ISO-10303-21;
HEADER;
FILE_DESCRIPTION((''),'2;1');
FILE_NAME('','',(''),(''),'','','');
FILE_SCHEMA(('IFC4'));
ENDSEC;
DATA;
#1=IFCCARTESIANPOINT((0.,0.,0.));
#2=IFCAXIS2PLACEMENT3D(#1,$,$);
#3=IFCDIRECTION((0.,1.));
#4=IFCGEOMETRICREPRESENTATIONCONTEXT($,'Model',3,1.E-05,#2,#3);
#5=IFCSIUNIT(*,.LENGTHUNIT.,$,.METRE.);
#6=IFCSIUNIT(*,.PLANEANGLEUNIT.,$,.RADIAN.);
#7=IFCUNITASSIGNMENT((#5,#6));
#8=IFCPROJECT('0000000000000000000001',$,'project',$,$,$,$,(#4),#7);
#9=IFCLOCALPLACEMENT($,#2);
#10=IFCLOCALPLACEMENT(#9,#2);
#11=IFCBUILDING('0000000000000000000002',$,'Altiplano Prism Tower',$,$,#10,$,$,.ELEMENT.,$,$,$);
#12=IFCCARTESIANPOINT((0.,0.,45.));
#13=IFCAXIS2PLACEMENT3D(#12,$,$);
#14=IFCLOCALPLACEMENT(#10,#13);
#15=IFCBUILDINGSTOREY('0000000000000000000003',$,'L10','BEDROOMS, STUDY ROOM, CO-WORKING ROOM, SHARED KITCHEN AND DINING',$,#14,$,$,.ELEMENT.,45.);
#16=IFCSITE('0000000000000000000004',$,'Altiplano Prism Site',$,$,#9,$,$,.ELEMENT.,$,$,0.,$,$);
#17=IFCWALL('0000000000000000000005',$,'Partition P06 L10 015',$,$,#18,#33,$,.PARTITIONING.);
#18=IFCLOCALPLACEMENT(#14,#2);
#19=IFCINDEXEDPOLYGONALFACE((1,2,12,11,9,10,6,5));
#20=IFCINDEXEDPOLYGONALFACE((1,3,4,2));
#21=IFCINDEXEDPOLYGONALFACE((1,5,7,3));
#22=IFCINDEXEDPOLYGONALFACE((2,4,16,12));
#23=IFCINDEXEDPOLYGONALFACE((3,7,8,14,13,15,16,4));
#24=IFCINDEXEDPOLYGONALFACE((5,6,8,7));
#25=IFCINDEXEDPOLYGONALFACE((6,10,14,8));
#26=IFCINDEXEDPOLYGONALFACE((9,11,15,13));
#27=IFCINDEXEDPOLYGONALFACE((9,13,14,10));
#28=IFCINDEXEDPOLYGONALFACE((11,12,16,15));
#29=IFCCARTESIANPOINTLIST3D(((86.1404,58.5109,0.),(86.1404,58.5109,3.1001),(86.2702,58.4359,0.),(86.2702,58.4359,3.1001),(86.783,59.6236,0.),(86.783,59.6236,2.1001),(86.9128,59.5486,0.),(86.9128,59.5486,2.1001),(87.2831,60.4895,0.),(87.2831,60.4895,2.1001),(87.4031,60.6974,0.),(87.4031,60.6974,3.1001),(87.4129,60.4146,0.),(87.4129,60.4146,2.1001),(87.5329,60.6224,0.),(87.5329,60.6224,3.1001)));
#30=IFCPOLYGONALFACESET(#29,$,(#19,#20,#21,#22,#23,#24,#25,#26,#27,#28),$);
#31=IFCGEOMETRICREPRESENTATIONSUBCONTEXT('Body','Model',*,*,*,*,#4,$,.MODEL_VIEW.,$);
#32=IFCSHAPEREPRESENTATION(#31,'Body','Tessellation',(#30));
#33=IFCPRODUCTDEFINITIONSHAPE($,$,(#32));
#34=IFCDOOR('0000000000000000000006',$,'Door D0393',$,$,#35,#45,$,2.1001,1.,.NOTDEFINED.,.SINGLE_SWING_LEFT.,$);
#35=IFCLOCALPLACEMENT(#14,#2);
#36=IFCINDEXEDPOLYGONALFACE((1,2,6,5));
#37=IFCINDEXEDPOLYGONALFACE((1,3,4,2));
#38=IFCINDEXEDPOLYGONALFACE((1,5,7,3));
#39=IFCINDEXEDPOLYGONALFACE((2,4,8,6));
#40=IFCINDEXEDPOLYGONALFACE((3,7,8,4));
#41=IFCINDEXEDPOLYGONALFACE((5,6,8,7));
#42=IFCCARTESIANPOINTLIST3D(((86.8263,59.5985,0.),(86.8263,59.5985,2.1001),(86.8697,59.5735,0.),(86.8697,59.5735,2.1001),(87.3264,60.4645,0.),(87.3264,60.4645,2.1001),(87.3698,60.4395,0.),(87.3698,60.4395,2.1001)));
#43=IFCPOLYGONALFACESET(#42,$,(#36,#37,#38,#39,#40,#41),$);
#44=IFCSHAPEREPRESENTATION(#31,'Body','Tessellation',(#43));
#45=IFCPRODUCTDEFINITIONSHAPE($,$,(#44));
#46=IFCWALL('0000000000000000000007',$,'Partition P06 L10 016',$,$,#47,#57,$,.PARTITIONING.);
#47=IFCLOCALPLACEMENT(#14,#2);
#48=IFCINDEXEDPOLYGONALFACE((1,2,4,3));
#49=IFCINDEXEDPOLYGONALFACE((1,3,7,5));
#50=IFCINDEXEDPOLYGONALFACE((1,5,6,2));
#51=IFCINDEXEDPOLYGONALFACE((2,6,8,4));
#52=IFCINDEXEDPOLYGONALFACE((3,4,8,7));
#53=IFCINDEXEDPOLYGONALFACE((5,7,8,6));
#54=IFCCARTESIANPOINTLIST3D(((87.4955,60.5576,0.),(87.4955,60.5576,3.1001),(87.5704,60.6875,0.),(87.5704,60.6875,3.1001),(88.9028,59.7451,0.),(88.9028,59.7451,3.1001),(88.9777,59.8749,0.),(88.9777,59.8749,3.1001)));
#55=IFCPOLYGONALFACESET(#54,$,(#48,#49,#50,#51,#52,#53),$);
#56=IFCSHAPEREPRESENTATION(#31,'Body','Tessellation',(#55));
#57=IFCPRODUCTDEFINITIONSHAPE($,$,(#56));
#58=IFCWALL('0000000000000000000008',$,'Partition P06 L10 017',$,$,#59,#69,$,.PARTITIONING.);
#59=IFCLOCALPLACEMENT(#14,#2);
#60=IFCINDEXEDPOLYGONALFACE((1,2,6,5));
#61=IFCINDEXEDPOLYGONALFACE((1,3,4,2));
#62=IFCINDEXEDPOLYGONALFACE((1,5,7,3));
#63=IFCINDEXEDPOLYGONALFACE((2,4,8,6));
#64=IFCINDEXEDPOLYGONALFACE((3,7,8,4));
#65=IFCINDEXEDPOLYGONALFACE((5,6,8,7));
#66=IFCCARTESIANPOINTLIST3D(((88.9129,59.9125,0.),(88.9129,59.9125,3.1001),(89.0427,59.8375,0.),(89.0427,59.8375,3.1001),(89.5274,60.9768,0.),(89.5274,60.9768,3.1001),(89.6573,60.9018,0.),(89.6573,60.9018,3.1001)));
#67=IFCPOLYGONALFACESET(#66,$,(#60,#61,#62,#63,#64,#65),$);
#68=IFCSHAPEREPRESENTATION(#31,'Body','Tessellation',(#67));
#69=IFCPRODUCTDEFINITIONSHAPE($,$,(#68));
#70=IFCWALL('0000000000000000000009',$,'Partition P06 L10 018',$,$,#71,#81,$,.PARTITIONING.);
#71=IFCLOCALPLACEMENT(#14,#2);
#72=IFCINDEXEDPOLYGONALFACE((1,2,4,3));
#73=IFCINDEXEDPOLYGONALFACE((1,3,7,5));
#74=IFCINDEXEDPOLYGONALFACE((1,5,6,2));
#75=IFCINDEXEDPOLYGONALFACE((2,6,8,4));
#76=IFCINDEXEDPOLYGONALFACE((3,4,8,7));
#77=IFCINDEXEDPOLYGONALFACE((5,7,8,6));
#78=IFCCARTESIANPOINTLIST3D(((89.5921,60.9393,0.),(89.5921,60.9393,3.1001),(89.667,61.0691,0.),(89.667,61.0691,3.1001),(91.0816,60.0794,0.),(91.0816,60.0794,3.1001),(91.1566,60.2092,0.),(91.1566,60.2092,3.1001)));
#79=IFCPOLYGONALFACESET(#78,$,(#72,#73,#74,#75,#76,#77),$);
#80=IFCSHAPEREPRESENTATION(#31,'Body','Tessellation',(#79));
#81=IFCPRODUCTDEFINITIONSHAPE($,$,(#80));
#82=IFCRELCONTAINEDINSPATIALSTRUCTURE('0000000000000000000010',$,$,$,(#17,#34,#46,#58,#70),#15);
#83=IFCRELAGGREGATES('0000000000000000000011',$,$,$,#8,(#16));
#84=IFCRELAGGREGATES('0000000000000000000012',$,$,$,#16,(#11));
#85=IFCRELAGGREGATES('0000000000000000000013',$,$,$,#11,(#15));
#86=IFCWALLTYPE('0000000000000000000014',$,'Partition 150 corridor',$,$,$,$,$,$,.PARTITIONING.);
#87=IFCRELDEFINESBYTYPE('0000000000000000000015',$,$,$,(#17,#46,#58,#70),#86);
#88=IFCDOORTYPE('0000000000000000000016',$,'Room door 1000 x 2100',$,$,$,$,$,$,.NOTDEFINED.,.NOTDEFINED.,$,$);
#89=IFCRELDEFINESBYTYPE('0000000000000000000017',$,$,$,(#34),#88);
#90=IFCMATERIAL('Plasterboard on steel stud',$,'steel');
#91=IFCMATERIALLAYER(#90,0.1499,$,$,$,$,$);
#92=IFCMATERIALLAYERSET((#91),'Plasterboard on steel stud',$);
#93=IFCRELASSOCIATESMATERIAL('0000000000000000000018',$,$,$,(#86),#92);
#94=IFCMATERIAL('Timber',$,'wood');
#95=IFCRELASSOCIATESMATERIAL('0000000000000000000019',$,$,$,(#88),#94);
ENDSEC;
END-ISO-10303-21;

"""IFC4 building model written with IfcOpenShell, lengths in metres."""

from ifc_helpers import new_model, si_unit, direction, frame, frame_2d, origin, place, context, subcontext, project, spatial, rectangle, extrude, material, layer, layer_set, type_object, element, fill, save


model = new_model("IFC4")

# Units and contexts
model_context = context("Model", 3, precision=1e-05, world=origin(), true_north=direction((0.0, 1.0)))
body_context = subcontext(model_context, "Body", "Model", "MODEL_VIEW")
ifc_project = project(units=[si_unit("LENGTHUNIT", "METRE"), si_unit("PLANEANGLEUNIT", "RADIAN")], contexts=[model_context])

# Site, building, storey
site_placement = place(None, origin())
site = spatial("IfcSite", under=ifc_project, at=site_placement, Name="Altiplano Prism Site", CompositionType="ELEMENT", RefElevation=0.0)
building_placement = place(site_placement, origin())
building = spatial("IfcBuilding", under=site, at=building_placement, Name="Altiplano Prism Tower", CompositionType="ELEMENT")
storey_placement = place(building_placement, frame((0.0, 0.0, 45.0)))
storey = spatial("IfcBuildingStorey", under=building, at=storey_placement, Name="L10", Description="BEDROOMS, STUDY ROOM, CO-WORKING ROOM, SHARED KITCHEN AND DINING", CompositionType="ELEMENT", Elevation=45.0)

# Wall, opening, door
ifc_material_1 = material(Name="Plasterboard on steel stud", Category="steel")
ifc_layer = layer(ifc_material_1, 0.1499)
ifc_layer_set = layer_set([ifc_layer], Name="Plasterboard on steel stud")
wall_type = type_object("IfcWallType", Name="Partition 150 corridor", PredefinedType="PARTITIONING", material=ifc_layer_set)
wall_1_placement = place(storey_placement, frame((86.2053, 58.4734, 0.0), z_axis=(0.0, 0.0, 1.0), x_axis=(0.500091, 0.865973, 0.0)))
wall_1 = element("IfcWall", 1, at=wall_1_placement, inside=storey, type_object=wall_type, Name="Partition P06 L10 015", PredefinedType="PARTITIONING", context=body_context, shape_type="SweptSolid", body=[
    extrude(rectangle(XDim=2.5249, YDim=0.1499, at=frame_2d((1.2625, 0.0))), origin(), (0.0, 0.0, 1.0), 3.1001),
])
opening_1_placement = place(wall_1_placement, frame((1.2849, 0.0, 0.0)))
opening_1 = element("IfcOpeningElement", 2, at=opening_1_placement, cuts=wall_1, PredefinedType="OPENING", context=body_context, shape_type="SweptSolid", body=[
    extrude(rectangle(XDim=1.0, YDim=2.1001, at=frame_2d((0.5, 1.05))), frame((0.0, 0.0854, 0.0), z_axis=(0.0, -1.0, 0.0), x_axis=(1.0, 0.0, 0.0)), (0.0, 0.0, 1.0), 0.1709),
])
ifc_material_2 = material(Name="Timber", Category="wood")
door_type_1 = type_object("IfcDoorType", Name="Room door 1000 x 2100", OperationType="NOTDEFINED", PredefinedType="NOTDEFINED", material=ifc_material_2)
door_1_placement = place(opening_1_placement, origin())
door_1 = element("IfcDoor", 3, at=door_1_placement, inside=storey, type_object=door_type_1, Name="Door D0393", OperationType="SINGLE_SWING_LEFT", OverallHeight=2.1001, OverallWidth=1.0, PredefinedType="NOTDEFINED", context=body_context, shape_type="SweptSolid", body=[
    extrude(rectangle(XDim=1.0, YDim=2.1001, at=frame_2d((0.5, 1.05))), frame((0.0, 0.0249, 0.0), z_axis=(0.0, -1.0, 0.0), x_axis=(1.0, 0.0, 0.0)), (0.0, 0.0, 1.0), 0.05),
])
fill(opening_1, door_1)

# Walls
wall_2_placement = place(storey_placement, frame((87.533, 60.6226, 0.0), z_axis=(0.0, 0.0, 1.0), x_axis=(0.866015, -0.500017, 0.0)))
element("IfcWall", 4, at=wall_2_placement, inside=storey, type_object=wall_type, Name="Partition P06 L10 016", PredefinedType="PARTITIONING", context=body_context, shape_type="SweptSolid", body=[
    extrude(rectangle(XDim=1.625, YDim=0.1499, at=frame_2d((0.8125, 0.0))), origin(), (0.0, 0.0, 1.0), 3.1001),
])
wall_3_placement = place(storey_placement, frame((88.9778, 59.875, 0.0), z_axis=(0.0, 0.0, 1.0), x_axis=(0.500049, 0.865997, 0.0)))
element("IfcWall", 5, at=wall_3_placement, inside=storey, type_object=wall_type, Name="Partition P06 L10 017", PredefinedType="PARTITIONING", context=body_context, shape_type="SweptSolid", body=[
    extrude(rectangle(XDim=1.229, YDim=0.1499, at=frame_2d((0.6145, 0.0))), origin(), (0.0, 0.0, 1.0), 3.1001),
])
wall_4_placement = place(storey_placement, frame((89.6296, 61.0042, 0.0), z_axis=(0.0, 0.0, 1.0), x_axis=(0.866051, -0.499956, 0.0)))
element("IfcWall", 6, at=wall_4_placement, inside=storey, type_object=wall_type, Name="Partition P06 L10 018", PredefinedType="PARTITIONING", context=body_context, shape_type="SweptSolid", body=[
    extrude(rectangle(XDim=1.72, YDim=0.1499, at=frame_2d((0.8599, 0.0))), origin(), (0.0, 0.0, 1.0), 3.1001),
])

save(model, "model.ifc")
